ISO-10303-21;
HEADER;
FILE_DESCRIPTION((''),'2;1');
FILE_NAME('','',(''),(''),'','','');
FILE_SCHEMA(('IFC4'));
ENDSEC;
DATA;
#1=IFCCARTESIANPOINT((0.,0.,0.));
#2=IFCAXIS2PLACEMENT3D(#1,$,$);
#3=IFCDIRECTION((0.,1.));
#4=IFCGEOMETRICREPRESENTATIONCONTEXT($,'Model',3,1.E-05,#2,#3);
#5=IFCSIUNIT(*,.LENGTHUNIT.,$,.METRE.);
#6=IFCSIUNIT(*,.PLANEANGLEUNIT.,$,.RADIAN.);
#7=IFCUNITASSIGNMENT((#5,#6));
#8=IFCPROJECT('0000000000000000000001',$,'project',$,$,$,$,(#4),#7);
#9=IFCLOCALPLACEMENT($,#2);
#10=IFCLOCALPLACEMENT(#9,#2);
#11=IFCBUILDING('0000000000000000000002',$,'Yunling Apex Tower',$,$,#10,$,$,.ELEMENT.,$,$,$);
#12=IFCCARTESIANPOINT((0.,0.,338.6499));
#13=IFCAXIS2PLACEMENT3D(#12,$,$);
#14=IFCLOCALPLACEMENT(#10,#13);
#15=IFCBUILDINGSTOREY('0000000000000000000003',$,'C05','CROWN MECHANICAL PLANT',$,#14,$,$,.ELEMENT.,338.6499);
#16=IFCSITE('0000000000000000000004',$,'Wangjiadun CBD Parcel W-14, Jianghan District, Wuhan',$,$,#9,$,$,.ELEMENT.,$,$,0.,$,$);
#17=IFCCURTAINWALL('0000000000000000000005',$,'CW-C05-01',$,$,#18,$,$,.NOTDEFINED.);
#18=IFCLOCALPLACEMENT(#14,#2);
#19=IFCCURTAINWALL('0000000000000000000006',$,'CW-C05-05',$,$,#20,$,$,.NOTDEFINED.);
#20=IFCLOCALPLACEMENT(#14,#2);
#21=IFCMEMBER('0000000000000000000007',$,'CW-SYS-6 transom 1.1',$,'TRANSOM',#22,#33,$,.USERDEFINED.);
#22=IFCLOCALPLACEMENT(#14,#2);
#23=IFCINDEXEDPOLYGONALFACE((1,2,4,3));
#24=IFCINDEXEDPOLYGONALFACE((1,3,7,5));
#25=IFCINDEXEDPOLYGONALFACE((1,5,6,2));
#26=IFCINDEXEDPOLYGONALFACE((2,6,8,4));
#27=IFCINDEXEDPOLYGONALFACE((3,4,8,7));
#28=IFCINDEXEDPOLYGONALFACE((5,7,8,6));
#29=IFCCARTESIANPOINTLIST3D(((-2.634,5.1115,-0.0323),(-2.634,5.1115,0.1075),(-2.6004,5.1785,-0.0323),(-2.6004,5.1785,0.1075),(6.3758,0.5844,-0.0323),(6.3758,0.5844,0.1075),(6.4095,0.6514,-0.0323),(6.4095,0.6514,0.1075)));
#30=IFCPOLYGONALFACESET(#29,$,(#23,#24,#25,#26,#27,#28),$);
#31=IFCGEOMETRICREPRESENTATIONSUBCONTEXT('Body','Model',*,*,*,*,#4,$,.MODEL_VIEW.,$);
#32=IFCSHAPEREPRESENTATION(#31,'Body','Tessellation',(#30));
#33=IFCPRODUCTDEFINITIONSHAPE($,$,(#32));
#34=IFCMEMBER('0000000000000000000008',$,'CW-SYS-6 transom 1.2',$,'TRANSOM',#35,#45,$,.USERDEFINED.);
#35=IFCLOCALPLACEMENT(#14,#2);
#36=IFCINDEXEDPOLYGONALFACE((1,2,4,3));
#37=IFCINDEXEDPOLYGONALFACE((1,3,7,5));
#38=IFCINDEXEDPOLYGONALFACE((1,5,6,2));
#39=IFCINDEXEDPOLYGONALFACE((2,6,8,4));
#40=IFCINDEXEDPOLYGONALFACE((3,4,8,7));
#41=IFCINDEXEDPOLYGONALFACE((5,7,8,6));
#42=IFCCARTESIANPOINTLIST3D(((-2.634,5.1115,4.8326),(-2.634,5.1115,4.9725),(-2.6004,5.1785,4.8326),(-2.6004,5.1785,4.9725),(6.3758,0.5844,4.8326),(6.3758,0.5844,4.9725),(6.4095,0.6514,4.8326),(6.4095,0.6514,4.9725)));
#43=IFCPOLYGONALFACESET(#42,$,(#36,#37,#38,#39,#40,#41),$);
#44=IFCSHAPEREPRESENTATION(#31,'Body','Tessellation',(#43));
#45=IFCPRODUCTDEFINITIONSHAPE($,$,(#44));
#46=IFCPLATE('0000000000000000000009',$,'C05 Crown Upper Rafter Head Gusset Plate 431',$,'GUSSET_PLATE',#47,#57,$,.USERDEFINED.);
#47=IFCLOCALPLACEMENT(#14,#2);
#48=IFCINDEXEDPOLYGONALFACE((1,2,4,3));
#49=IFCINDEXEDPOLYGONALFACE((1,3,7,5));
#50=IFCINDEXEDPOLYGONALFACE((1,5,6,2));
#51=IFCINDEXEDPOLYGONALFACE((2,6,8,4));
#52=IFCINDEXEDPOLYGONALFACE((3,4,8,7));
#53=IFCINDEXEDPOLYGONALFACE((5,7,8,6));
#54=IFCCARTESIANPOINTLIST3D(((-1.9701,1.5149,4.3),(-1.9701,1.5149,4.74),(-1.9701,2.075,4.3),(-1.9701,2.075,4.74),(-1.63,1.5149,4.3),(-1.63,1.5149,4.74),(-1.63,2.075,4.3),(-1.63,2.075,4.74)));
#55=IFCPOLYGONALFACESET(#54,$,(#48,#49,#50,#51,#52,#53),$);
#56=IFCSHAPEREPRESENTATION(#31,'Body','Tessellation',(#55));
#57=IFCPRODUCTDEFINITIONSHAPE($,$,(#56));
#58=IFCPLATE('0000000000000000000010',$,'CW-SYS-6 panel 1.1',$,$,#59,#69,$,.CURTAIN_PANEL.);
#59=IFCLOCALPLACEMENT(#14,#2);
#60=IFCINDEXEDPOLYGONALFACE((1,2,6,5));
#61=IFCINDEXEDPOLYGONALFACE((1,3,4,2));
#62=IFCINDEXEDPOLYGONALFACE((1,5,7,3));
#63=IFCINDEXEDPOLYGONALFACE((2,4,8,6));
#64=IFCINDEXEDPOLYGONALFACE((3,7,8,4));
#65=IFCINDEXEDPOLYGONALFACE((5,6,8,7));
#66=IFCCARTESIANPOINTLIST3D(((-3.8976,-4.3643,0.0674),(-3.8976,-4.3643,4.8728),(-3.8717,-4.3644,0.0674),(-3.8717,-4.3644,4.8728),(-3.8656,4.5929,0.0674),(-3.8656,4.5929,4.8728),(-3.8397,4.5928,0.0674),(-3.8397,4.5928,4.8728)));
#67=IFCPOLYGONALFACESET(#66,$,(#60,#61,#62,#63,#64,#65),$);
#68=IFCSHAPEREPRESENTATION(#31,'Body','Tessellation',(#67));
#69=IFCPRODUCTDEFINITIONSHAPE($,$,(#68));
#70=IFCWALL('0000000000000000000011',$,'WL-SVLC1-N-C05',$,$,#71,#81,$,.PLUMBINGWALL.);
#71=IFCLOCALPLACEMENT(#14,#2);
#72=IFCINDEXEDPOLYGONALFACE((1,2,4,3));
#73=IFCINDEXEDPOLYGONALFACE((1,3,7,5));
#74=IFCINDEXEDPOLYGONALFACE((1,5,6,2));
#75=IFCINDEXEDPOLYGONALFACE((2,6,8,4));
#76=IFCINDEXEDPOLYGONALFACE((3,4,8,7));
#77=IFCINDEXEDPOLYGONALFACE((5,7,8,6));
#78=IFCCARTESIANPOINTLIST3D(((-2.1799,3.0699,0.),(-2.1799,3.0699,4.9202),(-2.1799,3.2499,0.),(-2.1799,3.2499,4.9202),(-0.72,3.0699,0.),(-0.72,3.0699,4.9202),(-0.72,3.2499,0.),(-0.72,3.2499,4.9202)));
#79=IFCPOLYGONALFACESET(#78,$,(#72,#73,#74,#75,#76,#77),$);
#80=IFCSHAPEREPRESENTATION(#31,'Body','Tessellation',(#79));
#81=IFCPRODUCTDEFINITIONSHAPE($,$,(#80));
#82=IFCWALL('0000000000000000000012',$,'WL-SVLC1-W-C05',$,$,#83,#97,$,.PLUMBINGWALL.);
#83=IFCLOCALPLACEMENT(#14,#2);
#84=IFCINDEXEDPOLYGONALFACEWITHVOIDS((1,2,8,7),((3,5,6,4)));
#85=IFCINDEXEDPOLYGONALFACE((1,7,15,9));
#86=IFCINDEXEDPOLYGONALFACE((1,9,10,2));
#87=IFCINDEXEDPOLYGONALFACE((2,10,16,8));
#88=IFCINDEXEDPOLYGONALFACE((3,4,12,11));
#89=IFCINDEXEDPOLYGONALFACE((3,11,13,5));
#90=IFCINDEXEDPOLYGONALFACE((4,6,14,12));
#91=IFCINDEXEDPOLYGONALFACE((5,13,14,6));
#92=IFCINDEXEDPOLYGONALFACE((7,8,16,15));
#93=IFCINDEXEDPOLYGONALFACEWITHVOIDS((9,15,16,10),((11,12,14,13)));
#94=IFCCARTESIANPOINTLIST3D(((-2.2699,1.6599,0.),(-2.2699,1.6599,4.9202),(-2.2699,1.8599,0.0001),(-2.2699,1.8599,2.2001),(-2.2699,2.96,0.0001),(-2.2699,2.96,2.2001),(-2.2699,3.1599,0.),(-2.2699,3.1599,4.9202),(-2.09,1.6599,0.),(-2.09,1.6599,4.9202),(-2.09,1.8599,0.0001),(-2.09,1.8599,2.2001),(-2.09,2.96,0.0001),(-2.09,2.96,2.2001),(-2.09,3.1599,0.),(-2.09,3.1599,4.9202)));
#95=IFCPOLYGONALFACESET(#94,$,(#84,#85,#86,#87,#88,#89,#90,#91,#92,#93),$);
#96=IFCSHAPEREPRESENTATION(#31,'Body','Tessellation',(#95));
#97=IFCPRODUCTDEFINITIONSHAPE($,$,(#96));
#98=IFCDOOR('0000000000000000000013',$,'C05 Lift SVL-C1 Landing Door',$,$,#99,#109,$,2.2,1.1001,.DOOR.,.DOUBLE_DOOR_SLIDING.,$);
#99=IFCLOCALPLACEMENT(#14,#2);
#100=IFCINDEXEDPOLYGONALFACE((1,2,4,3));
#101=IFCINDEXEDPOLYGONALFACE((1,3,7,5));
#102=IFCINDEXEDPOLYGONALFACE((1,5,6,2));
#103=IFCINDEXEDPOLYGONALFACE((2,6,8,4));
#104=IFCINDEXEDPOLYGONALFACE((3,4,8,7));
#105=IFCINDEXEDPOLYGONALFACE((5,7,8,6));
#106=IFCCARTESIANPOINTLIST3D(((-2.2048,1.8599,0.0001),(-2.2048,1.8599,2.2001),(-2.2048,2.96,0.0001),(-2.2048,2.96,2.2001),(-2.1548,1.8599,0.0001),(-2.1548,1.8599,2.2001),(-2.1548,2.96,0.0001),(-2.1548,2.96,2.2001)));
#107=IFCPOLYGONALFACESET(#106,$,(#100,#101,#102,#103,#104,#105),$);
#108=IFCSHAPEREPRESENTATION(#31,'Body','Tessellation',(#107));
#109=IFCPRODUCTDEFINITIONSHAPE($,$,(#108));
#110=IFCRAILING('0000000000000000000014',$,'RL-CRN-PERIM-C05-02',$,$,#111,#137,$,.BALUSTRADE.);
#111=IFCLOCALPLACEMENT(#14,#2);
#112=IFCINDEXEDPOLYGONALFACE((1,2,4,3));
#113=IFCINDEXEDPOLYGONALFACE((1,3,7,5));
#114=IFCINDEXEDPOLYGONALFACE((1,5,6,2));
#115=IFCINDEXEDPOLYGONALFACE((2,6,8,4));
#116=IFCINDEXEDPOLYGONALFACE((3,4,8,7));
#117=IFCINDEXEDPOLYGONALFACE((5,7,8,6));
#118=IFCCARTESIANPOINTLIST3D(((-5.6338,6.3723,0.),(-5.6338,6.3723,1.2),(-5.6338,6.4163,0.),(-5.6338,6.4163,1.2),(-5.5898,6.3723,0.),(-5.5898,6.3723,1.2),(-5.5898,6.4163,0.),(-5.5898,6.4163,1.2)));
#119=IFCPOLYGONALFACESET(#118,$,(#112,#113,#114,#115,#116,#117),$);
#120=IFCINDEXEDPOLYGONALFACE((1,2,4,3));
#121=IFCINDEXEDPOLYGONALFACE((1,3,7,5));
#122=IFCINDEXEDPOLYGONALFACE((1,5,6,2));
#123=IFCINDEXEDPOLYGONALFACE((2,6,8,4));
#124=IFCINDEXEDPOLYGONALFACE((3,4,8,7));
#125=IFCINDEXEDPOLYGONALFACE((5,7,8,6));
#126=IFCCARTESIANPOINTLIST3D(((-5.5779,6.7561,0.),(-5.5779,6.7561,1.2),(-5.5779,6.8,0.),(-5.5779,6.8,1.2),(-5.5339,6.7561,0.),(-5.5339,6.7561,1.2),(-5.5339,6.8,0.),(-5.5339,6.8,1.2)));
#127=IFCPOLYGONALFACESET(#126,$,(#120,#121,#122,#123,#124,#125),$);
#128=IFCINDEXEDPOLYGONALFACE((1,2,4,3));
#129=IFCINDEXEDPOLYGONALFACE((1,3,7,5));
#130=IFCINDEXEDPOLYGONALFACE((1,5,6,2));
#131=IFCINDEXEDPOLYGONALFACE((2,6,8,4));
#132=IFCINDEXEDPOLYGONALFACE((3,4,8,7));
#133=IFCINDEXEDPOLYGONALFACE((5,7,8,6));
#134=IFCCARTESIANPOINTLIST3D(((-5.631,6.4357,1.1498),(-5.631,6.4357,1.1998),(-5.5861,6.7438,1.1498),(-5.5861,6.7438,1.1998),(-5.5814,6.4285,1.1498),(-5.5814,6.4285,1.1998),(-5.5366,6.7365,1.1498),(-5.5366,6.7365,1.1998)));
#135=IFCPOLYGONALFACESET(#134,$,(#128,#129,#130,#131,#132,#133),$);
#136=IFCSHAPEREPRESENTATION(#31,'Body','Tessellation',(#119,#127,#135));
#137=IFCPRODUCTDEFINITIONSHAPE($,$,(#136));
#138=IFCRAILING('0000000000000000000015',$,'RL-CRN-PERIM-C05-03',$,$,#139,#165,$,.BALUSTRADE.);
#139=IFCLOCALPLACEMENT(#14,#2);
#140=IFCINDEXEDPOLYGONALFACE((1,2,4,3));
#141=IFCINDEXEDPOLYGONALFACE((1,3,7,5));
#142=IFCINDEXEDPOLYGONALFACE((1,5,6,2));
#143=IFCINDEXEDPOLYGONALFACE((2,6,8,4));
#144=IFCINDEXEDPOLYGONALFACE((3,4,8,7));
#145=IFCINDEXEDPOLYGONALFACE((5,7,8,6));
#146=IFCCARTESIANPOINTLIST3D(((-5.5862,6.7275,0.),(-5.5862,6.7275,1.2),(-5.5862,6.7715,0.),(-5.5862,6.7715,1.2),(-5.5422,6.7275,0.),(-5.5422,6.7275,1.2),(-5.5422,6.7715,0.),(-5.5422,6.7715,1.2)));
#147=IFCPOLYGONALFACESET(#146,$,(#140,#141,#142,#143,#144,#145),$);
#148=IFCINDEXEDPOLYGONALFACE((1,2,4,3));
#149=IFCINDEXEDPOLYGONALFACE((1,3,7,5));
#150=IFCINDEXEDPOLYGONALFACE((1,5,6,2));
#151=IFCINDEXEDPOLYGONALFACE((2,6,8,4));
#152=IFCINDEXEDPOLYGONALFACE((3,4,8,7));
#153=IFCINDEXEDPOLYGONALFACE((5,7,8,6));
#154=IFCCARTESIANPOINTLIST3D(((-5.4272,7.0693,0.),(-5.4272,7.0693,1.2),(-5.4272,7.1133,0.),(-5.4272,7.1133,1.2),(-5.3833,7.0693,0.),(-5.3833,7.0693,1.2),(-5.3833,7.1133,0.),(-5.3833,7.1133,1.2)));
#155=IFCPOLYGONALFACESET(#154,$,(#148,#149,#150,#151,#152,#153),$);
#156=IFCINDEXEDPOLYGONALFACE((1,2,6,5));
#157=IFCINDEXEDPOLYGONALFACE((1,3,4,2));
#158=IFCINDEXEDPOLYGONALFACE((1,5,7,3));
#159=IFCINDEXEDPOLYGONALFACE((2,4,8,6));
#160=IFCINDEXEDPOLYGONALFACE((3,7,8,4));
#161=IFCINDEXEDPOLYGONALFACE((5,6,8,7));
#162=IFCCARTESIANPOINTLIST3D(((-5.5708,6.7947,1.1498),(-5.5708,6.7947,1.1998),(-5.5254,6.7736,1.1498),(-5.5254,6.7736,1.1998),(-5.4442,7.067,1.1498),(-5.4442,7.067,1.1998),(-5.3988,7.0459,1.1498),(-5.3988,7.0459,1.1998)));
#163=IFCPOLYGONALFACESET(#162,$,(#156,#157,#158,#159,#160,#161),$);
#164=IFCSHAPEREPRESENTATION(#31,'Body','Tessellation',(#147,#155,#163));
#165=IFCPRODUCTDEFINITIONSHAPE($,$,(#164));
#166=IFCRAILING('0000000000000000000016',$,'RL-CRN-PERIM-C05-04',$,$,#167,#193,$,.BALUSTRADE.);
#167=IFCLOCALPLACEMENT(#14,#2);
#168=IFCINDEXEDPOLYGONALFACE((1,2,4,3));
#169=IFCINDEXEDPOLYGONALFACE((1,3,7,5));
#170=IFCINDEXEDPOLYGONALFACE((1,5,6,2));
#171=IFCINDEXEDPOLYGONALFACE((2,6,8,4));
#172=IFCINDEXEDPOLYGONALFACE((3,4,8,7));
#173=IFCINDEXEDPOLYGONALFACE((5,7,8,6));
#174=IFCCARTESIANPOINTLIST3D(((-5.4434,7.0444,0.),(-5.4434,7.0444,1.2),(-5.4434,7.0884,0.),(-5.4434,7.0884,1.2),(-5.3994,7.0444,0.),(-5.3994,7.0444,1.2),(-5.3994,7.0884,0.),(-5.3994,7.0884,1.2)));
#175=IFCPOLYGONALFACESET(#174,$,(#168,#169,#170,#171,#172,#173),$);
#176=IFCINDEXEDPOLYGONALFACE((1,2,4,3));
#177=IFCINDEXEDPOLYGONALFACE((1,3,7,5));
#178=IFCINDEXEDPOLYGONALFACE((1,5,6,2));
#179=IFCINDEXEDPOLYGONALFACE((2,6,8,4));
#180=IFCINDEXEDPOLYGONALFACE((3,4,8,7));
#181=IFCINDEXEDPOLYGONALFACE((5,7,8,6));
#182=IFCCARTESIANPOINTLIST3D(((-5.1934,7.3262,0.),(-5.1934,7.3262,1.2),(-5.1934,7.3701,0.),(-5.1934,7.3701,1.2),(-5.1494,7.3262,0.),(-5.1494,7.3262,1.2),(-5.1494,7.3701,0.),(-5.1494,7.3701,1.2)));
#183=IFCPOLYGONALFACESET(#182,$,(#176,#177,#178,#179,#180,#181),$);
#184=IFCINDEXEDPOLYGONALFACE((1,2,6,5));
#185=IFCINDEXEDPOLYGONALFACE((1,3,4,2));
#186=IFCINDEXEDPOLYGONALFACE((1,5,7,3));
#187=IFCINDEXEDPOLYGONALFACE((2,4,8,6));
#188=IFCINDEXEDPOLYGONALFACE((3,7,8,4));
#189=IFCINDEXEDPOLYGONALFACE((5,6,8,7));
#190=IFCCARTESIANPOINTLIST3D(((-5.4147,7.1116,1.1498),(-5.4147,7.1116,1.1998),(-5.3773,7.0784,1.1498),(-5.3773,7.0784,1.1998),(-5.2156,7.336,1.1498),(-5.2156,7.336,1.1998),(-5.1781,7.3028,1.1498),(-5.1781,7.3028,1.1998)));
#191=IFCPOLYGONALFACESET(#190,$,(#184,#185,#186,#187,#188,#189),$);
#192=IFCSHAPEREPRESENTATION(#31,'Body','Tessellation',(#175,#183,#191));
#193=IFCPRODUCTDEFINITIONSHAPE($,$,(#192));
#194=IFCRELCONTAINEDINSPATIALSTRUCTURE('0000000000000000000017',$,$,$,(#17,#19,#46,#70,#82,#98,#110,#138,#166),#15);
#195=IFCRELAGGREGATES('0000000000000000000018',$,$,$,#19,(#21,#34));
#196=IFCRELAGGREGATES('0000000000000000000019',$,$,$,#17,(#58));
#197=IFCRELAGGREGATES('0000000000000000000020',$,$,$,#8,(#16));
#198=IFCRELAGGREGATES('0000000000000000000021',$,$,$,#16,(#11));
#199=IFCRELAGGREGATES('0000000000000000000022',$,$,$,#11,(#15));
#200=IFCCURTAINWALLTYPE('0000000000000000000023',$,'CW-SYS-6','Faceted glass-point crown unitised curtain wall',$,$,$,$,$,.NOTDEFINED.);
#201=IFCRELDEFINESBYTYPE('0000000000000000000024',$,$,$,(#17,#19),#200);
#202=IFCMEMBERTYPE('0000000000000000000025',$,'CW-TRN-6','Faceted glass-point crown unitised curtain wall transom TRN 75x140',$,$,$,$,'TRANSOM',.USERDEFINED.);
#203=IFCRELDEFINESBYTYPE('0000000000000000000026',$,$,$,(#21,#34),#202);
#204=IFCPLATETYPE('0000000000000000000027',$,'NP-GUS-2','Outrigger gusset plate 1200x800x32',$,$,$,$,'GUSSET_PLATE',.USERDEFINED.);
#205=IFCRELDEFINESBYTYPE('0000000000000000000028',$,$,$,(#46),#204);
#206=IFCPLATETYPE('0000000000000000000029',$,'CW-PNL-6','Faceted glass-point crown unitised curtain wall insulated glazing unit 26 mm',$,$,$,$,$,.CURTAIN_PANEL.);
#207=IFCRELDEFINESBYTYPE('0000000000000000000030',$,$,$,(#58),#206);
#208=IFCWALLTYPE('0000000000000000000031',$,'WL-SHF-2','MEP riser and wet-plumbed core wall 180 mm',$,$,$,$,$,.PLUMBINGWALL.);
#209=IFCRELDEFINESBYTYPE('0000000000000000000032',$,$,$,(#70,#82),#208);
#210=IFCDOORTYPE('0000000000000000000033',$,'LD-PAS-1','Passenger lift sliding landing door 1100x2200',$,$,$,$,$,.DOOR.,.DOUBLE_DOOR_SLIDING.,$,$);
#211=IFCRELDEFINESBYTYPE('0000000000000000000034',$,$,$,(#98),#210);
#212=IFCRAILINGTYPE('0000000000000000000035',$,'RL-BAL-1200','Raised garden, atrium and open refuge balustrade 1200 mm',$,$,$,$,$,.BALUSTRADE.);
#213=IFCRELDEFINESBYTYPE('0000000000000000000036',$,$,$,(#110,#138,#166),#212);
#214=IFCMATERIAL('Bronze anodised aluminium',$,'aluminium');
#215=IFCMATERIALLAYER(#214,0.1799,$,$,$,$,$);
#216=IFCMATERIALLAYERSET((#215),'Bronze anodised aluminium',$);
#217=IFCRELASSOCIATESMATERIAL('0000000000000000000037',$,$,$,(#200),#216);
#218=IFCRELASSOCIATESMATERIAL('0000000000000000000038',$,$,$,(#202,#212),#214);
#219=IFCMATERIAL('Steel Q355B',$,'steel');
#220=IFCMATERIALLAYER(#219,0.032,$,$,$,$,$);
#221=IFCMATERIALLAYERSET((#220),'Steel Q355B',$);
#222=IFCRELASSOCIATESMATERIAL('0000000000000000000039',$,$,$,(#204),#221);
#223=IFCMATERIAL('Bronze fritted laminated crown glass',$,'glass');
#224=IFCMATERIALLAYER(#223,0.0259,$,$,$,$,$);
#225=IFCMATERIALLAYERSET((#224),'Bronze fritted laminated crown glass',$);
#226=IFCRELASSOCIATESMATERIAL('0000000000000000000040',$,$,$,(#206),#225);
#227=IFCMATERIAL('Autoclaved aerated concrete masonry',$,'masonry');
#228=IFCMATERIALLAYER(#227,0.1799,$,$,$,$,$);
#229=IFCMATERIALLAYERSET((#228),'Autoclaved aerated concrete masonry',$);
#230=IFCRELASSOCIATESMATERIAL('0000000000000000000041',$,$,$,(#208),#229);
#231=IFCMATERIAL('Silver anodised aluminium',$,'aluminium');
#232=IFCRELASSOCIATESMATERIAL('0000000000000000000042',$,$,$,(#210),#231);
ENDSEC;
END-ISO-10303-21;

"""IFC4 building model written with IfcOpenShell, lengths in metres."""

from ifc_helpers import new_model, si_unit, direction, frame, frame_2d, origin, origin_2d, place, context, subcontext, project, spatial, rectangle, extrude, source, transform, mapped, material, layer, layer_set, material_profile, profile_set, type_object, element, fill, aggregate, save


model = new_model("IFC4")

# Units and contexts
model_context = context("Model", 3, precision=1e-05, world=origin(), true_north=direction((0.0, 1.0)))
body_context = subcontext(model_context, "Body", "Model", "MODEL_VIEW")
ifc_project = project(units=[si_unit("LENGTHUNIT", "METRE"), si_unit("PLANEANGLEUNIT", "RADIAN")], contexts=[model_context])

# Site, building, storey
site_placement = place(None, origin())
site = spatial("IfcSite", under=ifc_project, at=site_placement, Name="Wangjiadun CBD Parcel W-14, Jianghan District, Wuhan", CompositionType="ELEMENT", RefElevation=0.0)
building_placement = place(site_placement, origin())
building = spatial("IfcBuilding", under=site, at=building_placement, Name="Yunling Apex Tower", CompositionType="ELEMENT")
storey_placement = place(building_placement, frame((0.0, 0.0, 338.6499)))
storey = spatial("IfcBuildingStorey", under=building, at=storey_placement, Name="C05", Description="CROWN MECHANICAL PLANT", CompositionType="ELEMENT", Elevation=338.6499)

# Shared definitions
ifc_material_1 = material(Name="Steel Q355B", Category="steel")

# Curtain wall
ifc_material_2 = material(Name="Bronze anodised aluminium", Category="aluminium")
ifc_layer_1 = layer(ifc_material_2, 0.1799)
ifc_layer_set_1 = layer_set([ifc_layer_1], Name="Bronze anodised aluminium")
curtain_wall_type = type_object("IfcCurtainWallType", Name="CW-SYS-6", Description="Faceted glass-point crown unitised curtain wall", PredefinedType="NOTDEFINED", material=ifc_layer_set_1)
curtain_wall_1_placement = place(storey_placement, origin())
curtain_wall_1 = element("IfcCurtainWall", 1, at=curtain_wall_1_placement, inside=storey, type_object=curtain_wall_type, Name="CW-C05-01", PredefinedType="NOTDEFINED")

# Curtain wall, members
curtain_wall_2_placement = place(storey_placement, origin())
curtain_wall_2 = element("IfcCurtainWall", 2, at=curtain_wall_2_placement, inside=storey, type_object=curtain_wall_type, Name="CW-C05-05", PredefinedType="NOTDEFINED")
ifc_material_profile_1 = material_profile(ifc_material_2, rectangle(XDim=0.075, YDim=0.1399, at=origin_2d()))
ifc_profile_set_1 = profile_set([ifc_material_profile_1], Name="Bronze anodised aluminium")
member_type_1 = type_object("IfcMemberType", Name="CW-TRN-6", Description="Faceted glass-point crown unitised curtain wall transom TRN 75x140", ElementType="TRANSOM", PredefinedType="USERDEFINED", material=ifc_profile_set_1)
shared_shape_1 = source(origin(), body_context, "Body", "SweptSolid", [
    extrude(rectangle(XDim=0.075, YDim=0.1399, at=origin_2d()), origin(), (0.0, 0.0, 1.0), 10.0833),
])
member_1_placement = place(storey_placement, frame((-2.6172, 5.145, 0.0376), z_axis=(0.893544, -0.448975, 0.0), x_axis=(0.448975, 0.893544, 0.0)))
member_1 = element("IfcMember", 3, at=member_1_placement, type_object=member_type_1, Name="CW-SYS-6 transom 1.1", ObjectType="TRANSOM", PredefinedType="USERDEFINED", context=body_context, shape_type="MappedRepresentation", body=[
    mapped(shared_shape_1, transform((0.0, 0.0, 0.0), scale=1.0)),
])
member_2_placement = place(storey_placement, frame((-2.6172, 5.145, 4.9026), z_axis=(0.893544, -0.448975, 0.0), x_axis=(0.448975, 0.893544, 0.0)))
member_2 = element("IfcMember", 4, at=member_2_placement, type_object=member_type_1, Name="CW-SYS-6 transom 1.2", ObjectType="TRANSOM", PredefinedType="USERDEFINED", context=body_context, shape_type="MappedRepresentation", body=[
    mapped(shared_shape_1, transform((0.0, 0.0, 0.0), scale=1.0)),
])
aggregate(curtain_wall_2, [member_1, member_2])

# Plates
ifc_layer_2 = layer(ifc_material_1, 0.032)
ifc_layer_set_2 = layer_set([ifc_layer_2], Name="Steel Q355B")
plate_type_1 = type_object("IfcPlateType", Name="NP-GUS-2", Description="Outrigger gusset plate 1200x800x32", ElementType="GUSSET_PLATE", PredefinedType="USERDEFINED", material=ifc_layer_set_2)
shared_shape_2 = source(origin(), body_context, "Body", "SweptSolid", [
    extrude(rectangle(XDim=0.5601, YDim=0.3401, at=origin_2d()), origin(), (0.0, 0.0, 1.0), 0.4399),
])
plate_1_placement = place(storey_placement, frame((-1.8, 1.7949, 4.3), z_axis=(0.0, 0.0, 1.0), x_axis=(0.0, 1.0, 0.0)))
element("IfcPlate", 5, at=plate_1_placement, inside=storey, type_object=plate_type_1, Name="C05 Crown Upper Rafter Head Gusset Plate 431", ObjectType="GUSSET_PLATE", PredefinedType="USERDEFINED", context=body_context, shape_type="MappedRepresentation", body=[
    mapped(shared_shape_2, transform((0.0, 0.0, 0.0), scale=1.0)),
])
ifc_material_3 = material(Name="Bronze fritted laminated crown glass", Category="glass")
ifc_layer_3 = layer(ifc_material_3, 0.0259)
ifc_layer_set_3 = layer_set([ifc_layer_3], Name="Bronze fritted laminated crown glass")
plate_type_2 = type_object("IfcPlateType", Name="CW-PNL-6", Description="Faceted glass-point crown unitised curtain wall insulated glazing unit 26 mm", PredefinedType="CURTAIN_PANEL", material=ifc_layer_set_3)
shared_shape_3 = source(origin(), body_context, "Body", "SweptSolid", [
    extrude(rectangle(XDim=8.9573, YDim=0.0259, at=origin_2d()), origin(), (0.0, 0.0, 1.0), 4.8054),
])
plate_2_placement = place(storey_placement, frame((-3.8687, 0.1143, 0.0674), z_axis=(0.0, 0.0, 1.0), x_axis=(0.003575, 0.999994, 0.0)))
plate_2 = element("IfcPlate", 6, at=plate_2_placement, type_object=plate_type_2, Name="CW-SYS-6 panel 1.1", PredefinedType="CURTAIN_PANEL", context=body_context, shape_type="MappedRepresentation", body=[
    mapped(shared_shape_3, transform((0.0, 0.0, 0.0), scale=1.0)),
])
aggregate(curtain_wall_1, [plate_2])

# Wall
ifc_material_4 = material(Name="Autoclaved aerated concrete masonry", Category="masonry")
ifc_layer_4 = layer(ifc_material_4, 0.1799)
ifc_layer_set_4 = layer_set([ifc_layer_4], Name="Autoclaved aerated concrete masonry")
wall_type = type_object("IfcWallType", Name="WL-SHF-2", Description="MEP riser and wet-plumbed core wall 180 mm", PredefinedType="PLUMBINGWALL", material=ifc_layer_set_4)
wall_1_placement = place(storey_placement, frame((-2.1799, 3.1599, 0.0), z_axis=(0.0, 0.0, 1.0), x_axis=(1.0, 0.0, 0.0)))
element("IfcWall", 7, at=wall_1_placement, inside=storey, type_object=wall_type, Name="WL-SVLC1-N-C05", PredefinedType="PLUMBINGWALL", context=body_context, shape_type="SweptSolid", body=[
    extrude(rectangle(XDim=1.46, YDim=0.1799, at=frame_2d((0.73, 0.0))), origin(), (0.0, 0.0, 1.0), 4.9202),
])

# Wall, opening, door
wall_2_placement = place(storey_placement, frame((-2.1799, 1.6599, 0.0), z_axis=(0.0, 0.0, 1.0), x_axis=(0.0, 1.0, 0.0)))
wall_2 = element("IfcWall", 8, at=wall_2_placement, inside=storey, type_object=wall_type, Name="WL-SVLC1-W-C05", PredefinedType="PLUMBINGWALL", context=body_context, shape_type="SweptSolid", body=[
    extrude(rectangle(XDim=1.5, YDim=0.1799, at=frame_2d((0.75, 0.0))), origin(), (0.0, 0.0, 1.0), 4.9202),
])
opening_placement = place(wall_2_placement, frame((0.2, 0.0, 0.0)))
opening = element("IfcOpeningElement", 9, at=opening_placement, cuts=wall_2, PredefinedType="OPENING", context=body_context, shape_type="SweptSolid", body=[
    extrude(rectangle(XDim=1.1001, YDim=2.2, at=frame_2d((0.55, 1.1001))), frame((0.0, 0.1001, 0.0), z_axis=(0.0, -1.0, 0.0), x_axis=(1.0, 0.0, 0.0)), (0.0, 0.0, 1.0), 0.2),
])
ifc_material_5 = material(Name="Silver anodised aluminium", Category="aluminium")
door_type = type_object("IfcDoorType", Name="LD-PAS-1", Description="Passenger lift sliding landing door 1100x2200", OperationType="DOUBLE_DOOR_SLIDING", PredefinedType="DOOR", material=ifc_material_5)
door_placement = place(opening_placement, origin())
door = element("IfcDoor", 10, at=door_placement, inside=storey, type_object=door_type, Name="C05 Lift SVL-C1 Landing Door", OperationType="DOUBLE_DOOR_SLIDING", OverallHeight=2.2, OverallWidth=1.1001, PredefinedType="DOOR", context=body_context, shape_type="SweptSolid", body=[
    extrude(rectangle(XDim=1.1001, YDim=2.2, at=frame_2d((0.55, 1.1001))), frame((0.0, 0.0249, 0.0), z_axis=(0.0, -1.0, 0.0), x_axis=(1.0, 0.0, 0.0)), (0.0, 0.0, 1.0), 0.05),
])
fill(opening, door)

# Railings
railing_type_1 = type_object("IfcRailingType", Name="RL-BAL-1200", Description="Raised garden, atrium and open refuge balustrade 1200 mm", PredefinedType="BALUSTRADE", material=ifc_material_2)
railing_1_placement = place(storey_placement, frame((-5.6118, 6.3943, 0.0)))
element("IfcRailing", 11, at=railing_1_placement, inside=storey, type_object=railing_type_1, Name="RL-CRN-PERIM-C05-02", PredefinedType="BALUSTRADE", context=body_context, shape_type="SweptSolid", body=[
    extrude(rectangle(XDim=0.0439, YDim=0.0439, at=origin_2d()), origin(), (0.0, 0.0, 1.0), 1.2),
    extrude(rectangle(XDim=0.0439, YDim=0.0439, at=origin_2d()), frame((0.0559, 0.3838, 0.0)), (0.0, 0.0, 1.0), 1.2),
    extrude(rectangle(XDim=0.05, YDim=0.05, at=origin_2d()), frame((0.0056, 0.0378, 1.1748), z_axis=(0.144153, 0.989555, 0.0), x_axis=(-0.989555, 0.144153, 0.0)), (0.0, 0.0, 1.0), 0.3113),
])
railing_2_placement = place(storey_placement, frame((-5.5642, 6.7495, 0.0)))
element("IfcRailing", 12, at=railing_2_placement, inside=storey, type_object=railing_type_1, Name="RL-CRN-PERIM-C05-03", PredefinedType="BALUSTRADE", context=body_context, shape_type="SweptSolid", body=[
    extrude(rectangle(XDim=0.0439, YDim=0.0439, at=origin_2d()), origin(), (0.0, 0.0, 1.0), 1.2),
    extrude(rectangle(XDim=0.0439, YDim=0.0439, at=origin_2d()), frame((0.1589, 0.3418, 0.0)), (0.0, 0.0, 1.0), 1.2),
    extrude(rectangle(XDim=0.05, YDim=0.05, at=origin_2d()), frame((0.0161, 0.0347, 1.1748), z_axis=(0.421644, 0.906761, 0.0), x_axis=(-0.906761, 0.421644, 0.0)), (0.0, 0.0, 1.0), 0.3003),
])
railing_3_placement = place(storey_placement, frame((-5.4214, 7.0664, 0.0)))
element("IfcRailing", 13, at=railing_3_placement, inside=storey, type_object=railing_type_1, Name="RL-CRN-PERIM-C05-04", PredefinedType="BALUSTRADE", context=body_context, shape_type="SweptSolid", body=[
    extrude(rectangle(XDim=0.0439, YDim=0.0439, at=origin_2d()), origin(), (0.0, 0.0, 1.0), 1.2),
    extrude(rectangle(XDim=0.0439, YDim=0.0439, at=origin_2d()), frame((0.25, 0.2817, 0.0)), (0.0, 0.0, 1.0), 1.2),
    extrude(rectangle(XDim=0.05, YDim=0.05, at=origin_2d()), frame((0.0254, 0.0286, 1.1748), z_axis=(0.66372, 0.747981, 0.0), x_axis=(-0.747981, 0.66372, 0.0)), (0.0, 0.0, 1.0), 0.3),
])

save(model, "model.ifc")
